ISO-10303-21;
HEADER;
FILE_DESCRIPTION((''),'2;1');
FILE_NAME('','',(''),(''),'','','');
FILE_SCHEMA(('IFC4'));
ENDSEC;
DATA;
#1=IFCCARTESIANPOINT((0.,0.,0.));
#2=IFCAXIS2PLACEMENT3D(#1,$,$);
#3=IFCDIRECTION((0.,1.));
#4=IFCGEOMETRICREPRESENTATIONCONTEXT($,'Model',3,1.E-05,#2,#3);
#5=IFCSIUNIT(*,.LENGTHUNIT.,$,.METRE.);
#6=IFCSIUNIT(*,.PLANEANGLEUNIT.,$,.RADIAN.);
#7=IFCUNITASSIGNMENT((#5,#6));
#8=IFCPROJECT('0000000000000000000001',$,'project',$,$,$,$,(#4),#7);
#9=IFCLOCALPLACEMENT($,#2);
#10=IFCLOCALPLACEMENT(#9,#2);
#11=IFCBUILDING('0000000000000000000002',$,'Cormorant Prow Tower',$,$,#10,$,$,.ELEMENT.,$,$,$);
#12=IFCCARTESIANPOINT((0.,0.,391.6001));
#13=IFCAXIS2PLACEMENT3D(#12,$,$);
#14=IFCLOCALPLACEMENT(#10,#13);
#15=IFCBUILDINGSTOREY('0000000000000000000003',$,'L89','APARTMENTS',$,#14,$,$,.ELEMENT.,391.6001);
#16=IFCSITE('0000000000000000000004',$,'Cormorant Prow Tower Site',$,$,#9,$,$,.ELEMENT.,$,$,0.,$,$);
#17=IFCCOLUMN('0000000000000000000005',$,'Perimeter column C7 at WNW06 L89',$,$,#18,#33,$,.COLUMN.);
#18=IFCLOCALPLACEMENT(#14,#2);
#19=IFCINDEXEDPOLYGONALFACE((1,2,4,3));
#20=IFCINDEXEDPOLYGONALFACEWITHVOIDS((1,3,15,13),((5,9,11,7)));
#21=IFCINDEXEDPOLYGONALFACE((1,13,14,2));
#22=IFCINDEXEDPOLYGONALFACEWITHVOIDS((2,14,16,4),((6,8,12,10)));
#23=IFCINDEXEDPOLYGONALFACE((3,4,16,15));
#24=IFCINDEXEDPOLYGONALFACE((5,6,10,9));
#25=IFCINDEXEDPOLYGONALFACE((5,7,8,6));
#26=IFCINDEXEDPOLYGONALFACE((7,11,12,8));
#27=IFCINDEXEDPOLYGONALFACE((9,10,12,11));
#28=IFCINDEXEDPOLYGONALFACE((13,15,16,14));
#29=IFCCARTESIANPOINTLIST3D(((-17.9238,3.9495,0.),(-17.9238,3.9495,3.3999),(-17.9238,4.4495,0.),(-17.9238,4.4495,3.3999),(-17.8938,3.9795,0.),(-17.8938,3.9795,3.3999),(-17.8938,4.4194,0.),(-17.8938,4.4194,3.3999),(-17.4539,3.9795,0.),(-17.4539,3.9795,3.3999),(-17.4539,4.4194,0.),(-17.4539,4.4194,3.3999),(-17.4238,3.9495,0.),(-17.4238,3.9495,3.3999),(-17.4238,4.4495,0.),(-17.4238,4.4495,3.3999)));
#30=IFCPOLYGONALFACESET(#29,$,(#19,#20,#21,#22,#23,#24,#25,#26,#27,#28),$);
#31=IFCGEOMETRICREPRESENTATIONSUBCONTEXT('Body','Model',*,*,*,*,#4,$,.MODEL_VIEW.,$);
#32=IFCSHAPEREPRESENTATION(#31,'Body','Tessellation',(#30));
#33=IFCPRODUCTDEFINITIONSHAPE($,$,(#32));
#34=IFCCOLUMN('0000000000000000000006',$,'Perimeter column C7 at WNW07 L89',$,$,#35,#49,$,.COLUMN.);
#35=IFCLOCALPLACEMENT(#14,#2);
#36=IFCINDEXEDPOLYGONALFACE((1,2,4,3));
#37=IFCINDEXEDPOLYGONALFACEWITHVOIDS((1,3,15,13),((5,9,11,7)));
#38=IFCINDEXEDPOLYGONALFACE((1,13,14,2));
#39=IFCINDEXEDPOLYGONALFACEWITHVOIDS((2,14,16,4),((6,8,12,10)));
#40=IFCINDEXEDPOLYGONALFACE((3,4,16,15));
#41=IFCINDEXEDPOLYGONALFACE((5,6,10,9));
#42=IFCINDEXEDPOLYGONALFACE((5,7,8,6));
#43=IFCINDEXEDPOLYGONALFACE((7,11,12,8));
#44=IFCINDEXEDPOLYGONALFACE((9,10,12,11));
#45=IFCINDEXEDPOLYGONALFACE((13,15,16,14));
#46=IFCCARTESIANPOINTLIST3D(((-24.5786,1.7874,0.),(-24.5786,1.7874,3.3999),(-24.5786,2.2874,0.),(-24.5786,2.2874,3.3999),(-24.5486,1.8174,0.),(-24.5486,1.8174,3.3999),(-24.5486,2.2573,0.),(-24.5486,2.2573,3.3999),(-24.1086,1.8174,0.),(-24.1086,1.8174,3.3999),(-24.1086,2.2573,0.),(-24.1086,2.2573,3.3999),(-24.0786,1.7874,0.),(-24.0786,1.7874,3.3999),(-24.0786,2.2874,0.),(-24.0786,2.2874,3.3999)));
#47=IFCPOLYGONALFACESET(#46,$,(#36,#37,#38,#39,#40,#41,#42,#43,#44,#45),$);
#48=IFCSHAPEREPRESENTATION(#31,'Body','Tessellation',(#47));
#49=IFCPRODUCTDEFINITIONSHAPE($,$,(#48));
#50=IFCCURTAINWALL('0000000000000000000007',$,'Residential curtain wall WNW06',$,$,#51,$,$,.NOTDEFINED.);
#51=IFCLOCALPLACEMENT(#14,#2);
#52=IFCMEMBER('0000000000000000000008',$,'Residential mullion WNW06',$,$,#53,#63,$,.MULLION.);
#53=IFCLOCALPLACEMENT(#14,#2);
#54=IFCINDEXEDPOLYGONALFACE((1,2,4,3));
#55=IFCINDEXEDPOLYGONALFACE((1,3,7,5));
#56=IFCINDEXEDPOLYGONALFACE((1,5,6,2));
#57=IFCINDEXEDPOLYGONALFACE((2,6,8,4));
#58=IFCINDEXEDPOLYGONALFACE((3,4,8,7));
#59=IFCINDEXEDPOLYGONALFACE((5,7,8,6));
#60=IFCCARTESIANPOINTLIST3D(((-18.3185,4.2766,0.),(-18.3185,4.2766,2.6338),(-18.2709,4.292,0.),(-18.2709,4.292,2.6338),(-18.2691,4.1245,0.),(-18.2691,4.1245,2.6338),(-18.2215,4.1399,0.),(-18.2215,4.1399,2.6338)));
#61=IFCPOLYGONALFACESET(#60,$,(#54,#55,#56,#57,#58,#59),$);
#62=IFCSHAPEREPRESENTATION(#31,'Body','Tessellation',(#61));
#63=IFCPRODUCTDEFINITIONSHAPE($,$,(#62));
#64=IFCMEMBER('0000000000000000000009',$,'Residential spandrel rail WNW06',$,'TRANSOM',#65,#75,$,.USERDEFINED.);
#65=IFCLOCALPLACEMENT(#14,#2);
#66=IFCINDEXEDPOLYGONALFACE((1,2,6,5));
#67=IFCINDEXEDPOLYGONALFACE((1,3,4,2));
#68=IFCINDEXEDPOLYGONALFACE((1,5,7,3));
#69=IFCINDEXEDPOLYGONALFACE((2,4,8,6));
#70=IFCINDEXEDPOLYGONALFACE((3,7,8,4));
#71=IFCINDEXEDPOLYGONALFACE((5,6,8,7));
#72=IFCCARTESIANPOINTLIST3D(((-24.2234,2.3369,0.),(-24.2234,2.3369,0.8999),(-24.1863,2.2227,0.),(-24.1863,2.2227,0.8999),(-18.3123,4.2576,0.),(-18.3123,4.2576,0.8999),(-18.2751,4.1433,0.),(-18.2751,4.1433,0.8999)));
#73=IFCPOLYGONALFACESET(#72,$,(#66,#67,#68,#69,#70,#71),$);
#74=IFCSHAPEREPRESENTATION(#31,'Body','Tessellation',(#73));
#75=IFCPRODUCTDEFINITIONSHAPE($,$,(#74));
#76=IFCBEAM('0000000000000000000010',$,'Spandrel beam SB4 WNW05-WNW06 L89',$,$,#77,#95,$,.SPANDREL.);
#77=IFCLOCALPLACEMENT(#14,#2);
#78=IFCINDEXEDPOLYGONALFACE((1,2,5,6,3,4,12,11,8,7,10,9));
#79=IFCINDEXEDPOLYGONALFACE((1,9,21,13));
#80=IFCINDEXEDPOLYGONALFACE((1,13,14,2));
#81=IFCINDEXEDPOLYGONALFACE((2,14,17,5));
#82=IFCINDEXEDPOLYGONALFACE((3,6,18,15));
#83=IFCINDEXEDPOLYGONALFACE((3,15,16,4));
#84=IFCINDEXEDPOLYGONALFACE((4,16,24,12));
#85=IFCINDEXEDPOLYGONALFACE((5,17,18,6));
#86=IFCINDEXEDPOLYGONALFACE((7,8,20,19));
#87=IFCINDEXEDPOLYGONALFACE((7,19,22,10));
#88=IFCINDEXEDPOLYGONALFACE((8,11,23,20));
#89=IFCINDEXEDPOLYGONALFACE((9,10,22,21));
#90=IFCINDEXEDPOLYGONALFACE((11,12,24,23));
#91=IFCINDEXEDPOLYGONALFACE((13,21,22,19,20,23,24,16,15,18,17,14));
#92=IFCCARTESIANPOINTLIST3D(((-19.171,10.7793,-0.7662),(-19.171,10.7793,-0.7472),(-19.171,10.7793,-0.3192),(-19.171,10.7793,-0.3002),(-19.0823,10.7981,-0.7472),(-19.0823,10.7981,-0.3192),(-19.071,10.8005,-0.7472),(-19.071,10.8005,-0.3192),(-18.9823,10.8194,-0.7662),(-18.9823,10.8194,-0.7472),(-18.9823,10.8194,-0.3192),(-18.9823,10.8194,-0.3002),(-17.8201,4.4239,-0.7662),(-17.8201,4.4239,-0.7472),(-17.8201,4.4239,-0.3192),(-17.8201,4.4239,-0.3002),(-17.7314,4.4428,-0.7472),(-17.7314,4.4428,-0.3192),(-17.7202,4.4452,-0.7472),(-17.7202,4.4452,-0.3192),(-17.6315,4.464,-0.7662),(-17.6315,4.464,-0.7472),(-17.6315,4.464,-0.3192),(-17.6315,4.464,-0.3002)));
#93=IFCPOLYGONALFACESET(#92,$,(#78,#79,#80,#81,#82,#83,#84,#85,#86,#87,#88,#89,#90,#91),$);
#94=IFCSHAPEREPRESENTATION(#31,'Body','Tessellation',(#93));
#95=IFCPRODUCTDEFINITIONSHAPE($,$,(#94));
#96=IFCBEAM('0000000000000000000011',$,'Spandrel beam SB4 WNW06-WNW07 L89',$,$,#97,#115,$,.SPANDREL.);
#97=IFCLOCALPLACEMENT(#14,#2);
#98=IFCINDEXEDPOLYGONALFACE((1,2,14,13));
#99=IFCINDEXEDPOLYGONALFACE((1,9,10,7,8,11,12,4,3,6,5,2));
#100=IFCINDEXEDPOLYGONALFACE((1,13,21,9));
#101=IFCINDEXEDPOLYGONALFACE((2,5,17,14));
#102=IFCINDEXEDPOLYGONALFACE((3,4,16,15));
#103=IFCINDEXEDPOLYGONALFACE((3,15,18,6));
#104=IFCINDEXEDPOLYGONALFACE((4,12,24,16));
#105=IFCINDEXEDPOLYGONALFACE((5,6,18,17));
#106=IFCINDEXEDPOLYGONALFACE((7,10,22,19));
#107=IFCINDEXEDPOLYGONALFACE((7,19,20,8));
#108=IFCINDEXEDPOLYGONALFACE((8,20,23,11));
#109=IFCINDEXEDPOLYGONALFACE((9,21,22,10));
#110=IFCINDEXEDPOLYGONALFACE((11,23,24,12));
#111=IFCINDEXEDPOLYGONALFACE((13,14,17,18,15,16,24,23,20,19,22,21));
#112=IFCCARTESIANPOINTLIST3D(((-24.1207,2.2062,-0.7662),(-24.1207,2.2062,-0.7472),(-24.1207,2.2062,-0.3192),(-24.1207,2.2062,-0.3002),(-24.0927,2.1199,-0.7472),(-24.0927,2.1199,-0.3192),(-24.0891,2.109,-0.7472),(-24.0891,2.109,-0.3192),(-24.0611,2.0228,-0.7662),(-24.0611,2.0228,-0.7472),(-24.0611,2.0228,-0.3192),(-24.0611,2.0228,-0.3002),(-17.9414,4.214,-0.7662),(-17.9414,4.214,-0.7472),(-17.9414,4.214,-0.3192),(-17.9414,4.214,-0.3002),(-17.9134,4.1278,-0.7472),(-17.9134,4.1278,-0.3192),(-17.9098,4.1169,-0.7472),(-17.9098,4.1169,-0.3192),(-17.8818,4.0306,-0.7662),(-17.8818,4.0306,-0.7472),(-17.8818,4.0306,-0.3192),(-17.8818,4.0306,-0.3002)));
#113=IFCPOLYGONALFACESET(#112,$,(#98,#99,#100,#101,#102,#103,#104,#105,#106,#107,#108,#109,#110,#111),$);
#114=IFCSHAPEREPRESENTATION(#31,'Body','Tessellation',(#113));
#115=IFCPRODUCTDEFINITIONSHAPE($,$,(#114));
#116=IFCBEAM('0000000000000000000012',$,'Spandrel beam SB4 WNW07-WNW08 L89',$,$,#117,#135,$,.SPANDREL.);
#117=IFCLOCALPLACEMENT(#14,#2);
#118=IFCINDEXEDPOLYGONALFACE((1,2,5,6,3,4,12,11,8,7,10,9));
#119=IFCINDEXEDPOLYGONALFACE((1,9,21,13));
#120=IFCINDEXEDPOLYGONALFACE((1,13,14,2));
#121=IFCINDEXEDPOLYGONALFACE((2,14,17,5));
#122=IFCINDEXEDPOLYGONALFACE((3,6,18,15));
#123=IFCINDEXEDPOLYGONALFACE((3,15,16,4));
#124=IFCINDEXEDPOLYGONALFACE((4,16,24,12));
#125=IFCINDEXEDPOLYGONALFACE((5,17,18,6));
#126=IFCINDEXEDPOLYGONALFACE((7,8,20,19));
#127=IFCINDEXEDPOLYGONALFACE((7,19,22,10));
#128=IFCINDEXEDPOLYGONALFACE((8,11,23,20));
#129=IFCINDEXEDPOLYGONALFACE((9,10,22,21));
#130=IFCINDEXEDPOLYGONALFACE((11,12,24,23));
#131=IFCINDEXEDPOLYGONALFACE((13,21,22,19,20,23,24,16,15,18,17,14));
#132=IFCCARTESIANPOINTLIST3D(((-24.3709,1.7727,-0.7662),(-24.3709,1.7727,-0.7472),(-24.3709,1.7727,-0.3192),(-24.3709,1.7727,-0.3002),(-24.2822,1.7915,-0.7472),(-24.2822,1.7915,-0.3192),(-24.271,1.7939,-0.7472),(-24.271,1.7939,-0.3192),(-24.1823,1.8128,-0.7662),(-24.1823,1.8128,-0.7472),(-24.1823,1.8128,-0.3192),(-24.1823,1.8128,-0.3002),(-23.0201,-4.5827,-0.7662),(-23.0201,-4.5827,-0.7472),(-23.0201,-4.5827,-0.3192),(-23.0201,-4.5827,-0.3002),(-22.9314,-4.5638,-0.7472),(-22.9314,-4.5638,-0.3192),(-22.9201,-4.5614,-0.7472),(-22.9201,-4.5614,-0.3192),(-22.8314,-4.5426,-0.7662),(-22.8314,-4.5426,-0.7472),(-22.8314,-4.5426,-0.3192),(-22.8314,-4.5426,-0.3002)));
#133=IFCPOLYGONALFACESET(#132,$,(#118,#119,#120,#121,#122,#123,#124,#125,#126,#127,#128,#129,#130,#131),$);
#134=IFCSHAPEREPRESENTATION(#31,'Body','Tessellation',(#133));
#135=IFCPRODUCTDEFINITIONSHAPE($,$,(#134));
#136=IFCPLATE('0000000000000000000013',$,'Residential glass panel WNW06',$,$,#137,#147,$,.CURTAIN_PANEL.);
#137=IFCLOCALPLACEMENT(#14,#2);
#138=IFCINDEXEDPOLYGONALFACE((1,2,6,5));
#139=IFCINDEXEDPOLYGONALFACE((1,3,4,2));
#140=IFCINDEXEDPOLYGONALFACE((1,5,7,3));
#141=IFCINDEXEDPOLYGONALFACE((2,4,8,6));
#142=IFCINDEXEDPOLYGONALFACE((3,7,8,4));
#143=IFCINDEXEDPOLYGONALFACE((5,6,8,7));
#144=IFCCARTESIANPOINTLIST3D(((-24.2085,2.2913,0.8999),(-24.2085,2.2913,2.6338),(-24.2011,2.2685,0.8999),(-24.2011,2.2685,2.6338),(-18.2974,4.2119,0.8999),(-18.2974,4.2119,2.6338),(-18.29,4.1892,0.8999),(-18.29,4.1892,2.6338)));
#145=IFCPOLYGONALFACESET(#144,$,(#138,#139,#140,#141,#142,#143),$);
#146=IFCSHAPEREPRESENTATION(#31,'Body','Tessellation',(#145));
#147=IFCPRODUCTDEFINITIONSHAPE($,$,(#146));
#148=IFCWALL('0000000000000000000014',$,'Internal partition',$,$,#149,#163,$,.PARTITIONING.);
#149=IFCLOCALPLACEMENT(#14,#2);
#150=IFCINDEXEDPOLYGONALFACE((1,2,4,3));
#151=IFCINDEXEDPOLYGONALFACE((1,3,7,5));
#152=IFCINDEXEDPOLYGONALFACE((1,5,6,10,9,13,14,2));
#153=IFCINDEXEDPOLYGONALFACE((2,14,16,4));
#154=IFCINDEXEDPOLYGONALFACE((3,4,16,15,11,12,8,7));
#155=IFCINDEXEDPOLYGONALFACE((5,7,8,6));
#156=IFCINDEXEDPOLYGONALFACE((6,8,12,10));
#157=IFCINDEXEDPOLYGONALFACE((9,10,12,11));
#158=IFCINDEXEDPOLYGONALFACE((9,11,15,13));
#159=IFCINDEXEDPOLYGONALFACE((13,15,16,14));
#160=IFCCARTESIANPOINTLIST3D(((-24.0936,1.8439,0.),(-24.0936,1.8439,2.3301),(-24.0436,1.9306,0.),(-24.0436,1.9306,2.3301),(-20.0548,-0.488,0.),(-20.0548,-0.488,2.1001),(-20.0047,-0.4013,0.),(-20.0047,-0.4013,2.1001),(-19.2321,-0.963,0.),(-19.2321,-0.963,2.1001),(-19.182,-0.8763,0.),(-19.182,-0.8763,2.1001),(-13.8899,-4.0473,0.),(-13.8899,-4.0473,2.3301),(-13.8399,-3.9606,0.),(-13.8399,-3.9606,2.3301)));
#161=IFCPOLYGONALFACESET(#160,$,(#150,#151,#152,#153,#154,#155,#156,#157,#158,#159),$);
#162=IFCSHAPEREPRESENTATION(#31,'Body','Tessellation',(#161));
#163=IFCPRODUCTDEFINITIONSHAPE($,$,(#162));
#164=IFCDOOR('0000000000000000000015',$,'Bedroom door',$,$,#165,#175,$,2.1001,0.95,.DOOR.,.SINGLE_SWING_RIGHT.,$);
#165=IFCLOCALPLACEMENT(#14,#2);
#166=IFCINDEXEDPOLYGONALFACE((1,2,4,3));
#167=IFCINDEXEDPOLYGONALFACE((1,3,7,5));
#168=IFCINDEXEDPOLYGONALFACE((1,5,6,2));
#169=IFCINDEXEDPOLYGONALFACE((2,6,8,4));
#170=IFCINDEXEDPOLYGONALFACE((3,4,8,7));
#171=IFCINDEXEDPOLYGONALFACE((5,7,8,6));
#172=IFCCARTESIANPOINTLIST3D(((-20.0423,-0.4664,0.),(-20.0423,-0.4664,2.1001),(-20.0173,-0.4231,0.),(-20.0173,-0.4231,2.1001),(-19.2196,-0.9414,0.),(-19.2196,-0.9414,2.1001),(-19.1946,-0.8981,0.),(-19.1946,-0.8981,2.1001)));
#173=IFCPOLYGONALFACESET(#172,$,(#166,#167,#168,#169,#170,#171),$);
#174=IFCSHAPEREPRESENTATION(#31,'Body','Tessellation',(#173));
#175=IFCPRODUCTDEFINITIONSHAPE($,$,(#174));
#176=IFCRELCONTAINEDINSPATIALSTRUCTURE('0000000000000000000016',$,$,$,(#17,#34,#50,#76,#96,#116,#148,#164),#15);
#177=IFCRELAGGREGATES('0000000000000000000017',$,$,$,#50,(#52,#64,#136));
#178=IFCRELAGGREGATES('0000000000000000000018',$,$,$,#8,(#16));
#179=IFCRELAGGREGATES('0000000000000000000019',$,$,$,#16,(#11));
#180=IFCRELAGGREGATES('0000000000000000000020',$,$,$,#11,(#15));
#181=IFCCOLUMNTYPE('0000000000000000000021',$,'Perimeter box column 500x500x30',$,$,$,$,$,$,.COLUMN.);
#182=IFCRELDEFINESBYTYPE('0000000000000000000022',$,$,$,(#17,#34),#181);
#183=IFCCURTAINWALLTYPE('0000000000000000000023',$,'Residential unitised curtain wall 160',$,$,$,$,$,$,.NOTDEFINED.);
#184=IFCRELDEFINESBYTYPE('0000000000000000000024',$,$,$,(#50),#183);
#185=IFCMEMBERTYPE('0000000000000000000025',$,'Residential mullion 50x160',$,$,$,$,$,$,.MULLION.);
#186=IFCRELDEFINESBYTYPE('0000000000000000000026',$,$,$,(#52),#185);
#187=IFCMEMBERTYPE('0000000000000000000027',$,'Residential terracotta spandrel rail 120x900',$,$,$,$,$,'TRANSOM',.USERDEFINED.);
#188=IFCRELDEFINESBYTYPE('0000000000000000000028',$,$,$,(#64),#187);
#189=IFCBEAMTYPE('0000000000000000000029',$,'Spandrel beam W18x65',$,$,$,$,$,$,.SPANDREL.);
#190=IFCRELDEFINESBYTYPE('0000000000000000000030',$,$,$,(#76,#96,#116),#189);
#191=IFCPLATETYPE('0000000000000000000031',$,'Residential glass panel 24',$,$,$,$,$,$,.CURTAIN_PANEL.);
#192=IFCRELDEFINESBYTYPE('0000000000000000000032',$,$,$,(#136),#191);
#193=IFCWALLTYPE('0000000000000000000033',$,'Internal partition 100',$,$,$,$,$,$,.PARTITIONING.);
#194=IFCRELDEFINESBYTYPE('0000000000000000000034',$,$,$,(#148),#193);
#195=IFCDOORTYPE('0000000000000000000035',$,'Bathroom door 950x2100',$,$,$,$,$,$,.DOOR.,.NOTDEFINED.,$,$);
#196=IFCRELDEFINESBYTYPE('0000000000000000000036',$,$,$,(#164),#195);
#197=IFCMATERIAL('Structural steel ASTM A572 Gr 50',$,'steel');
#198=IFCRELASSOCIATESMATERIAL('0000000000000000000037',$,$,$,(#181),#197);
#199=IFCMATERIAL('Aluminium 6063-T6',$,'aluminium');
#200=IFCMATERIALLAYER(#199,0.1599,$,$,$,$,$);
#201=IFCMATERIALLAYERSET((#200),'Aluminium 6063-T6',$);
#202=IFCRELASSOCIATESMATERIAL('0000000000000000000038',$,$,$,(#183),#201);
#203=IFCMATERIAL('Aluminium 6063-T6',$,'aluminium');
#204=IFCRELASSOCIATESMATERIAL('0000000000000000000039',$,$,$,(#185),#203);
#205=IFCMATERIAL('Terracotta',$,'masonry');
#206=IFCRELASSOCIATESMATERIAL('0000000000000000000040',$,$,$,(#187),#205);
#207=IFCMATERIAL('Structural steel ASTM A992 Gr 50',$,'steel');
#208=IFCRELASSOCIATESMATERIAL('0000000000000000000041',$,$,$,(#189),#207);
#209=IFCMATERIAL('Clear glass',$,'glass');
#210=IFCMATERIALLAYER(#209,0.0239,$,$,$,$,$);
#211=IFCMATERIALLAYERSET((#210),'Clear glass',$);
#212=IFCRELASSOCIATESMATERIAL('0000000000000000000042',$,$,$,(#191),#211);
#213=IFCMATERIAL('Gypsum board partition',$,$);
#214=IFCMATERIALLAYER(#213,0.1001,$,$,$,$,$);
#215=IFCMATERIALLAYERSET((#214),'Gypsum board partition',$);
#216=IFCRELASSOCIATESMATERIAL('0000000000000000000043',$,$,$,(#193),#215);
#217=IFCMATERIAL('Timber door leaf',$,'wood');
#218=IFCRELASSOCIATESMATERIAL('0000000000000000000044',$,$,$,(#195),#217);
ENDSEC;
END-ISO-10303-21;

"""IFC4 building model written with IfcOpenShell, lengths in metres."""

from ifc_helpers import new_model, si_unit, direction, frame, frame_2d, origin, origin_2d, place, context, subcontext, project, spatial, rectangle, hollow_rectangle, i_section, extrude, material, layer, layer_set, material_profile, profile_set, type_object, element, fill, aggregate, save


model = new_model("IFC4")

# Units and contexts
model_context = context("Model", 3, precision=1e-05, world=origin(), true_north=direction((0.0, 1.0)))
body_context = subcontext(model_context, "Body", "Model", "MODEL_VIEW")
ifc_project = project(units=[si_unit("LENGTHUNIT", "METRE"), si_unit("PLANEANGLEUNIT", "RADIAN")], contexts=[model_context])

# Site, building, storey
site_placement = place(None, origin())
site = spatial("IfcSite", under=ifc_project, at=site_placement, Name="Cormorant Prow Tower Site", CompositionType="ELEMENT", RefElevation=0.0)
building_placement = place(site_placement, origin())
building = spatial("IfcBuilding", under=site, at=building_placement, Name="Cormorant Prow Tower", CompositionType="ELEMENT")
storey_placement = place(building_placement, frame((0.0, 0.0, 391.6001)))
storey = spatial("IfcBuildingStorey", under=building, at=storey_placement, Name="L89", Description="APARTMENTS", CompositionType="ELEMENT", Elevation=391.6001)

# Columns
ifc_material_1 = material(Name="Structural steel ASTM A572 Gr 50", Category="steel")
ifc_material_profile_1 = material_profile(ifc_material_1, hollow_rectangle(XDim=0.5, YDim=0.5, WallThickness=0.03, at=origin_2d()), Name="Box 500x500x30")
ifc_profile_set_1 = profile_set([ifc_material_profile_1], Name="Structural steel ASTM A572 Gr 50")
column_type = type_object("IfcColumnType", Name="Perimeter box column 500x500x30", PredefinedType="COLUMN", material=ifc_profile_set_1)
for number, where, z_axis, x_axis, name in (
    (1, (-17.6738, 4.1995, 0.0), (0.0, 0.0, 1.0), (1.0, 0.0, 0.0), "Perimeter column C7 at WNW06 L89"),
    (2, (-24.3286, 2.0374, 0.0), (0.0, 0.0, 1.0), (1.0, 0.0, 0.0), "Perimeter column C7 at WNW07 L89"),
):
    element("IfcColumn", number, at=place(storey_placement, frame(where, z_axis=z_axis, x_axis=x_axis)), inside=storey, type_object=column_type, Name=name, PredefinedType="COLUMN", context=body_context, shape_type="SweptSolid", body=[
        extrude(hollow_rectangle(XDim=0.5, YDim=0.5, WallThickness=0.03, at=origin_2d()), origin(), (0.0, 0.0, 1.0), 3.3999),
    ])

# Curtain wall, members
ifc_material_2 = material(Name="Aluminium 6063-T6", Category="aluminium")
ifc_layer_1 = layer(ifc_material_2, 0.1599)
ifc_layer_set_1 = layer_set([ifc_layer_1], Name="Aluminium 6063-T6")
curtain_wall_type = type_object("IfcCurtainWallType", Name="Residential unitised curtain wall 160", PredefinedType="NOTDEFINED", material=ifc_layer_set_1)
curtain_wall_placement = place(storey_placement, origin())
curtain_wall = element("IfcCurtainWall", 3, at=curtain_wall_placement, inside=storey, type_object=curtain_wall_type, Name="Residential curtain wall WNW06", PredefinedType="NOTDEFINED")
ifc_material_3 = material(Name="Aluminium 6063-T6", Category="aluminium")
ifc_material_profile_2 = material_profile(ifc_material_3, rectangle(XDim=0.1599, YDim=0.05, at=origin_2d()), Name="Residential mullion 50x160")
ifc_profile_set_2 = profile_set([ifc_material_profile_2], Name="Aluminium 6063-T6")
member_type_1 = type_object("IfcMemberType", Name="Residential mullion 50x160", PredefinedType="MULLION", material=ifc_profile_set_2)
member_1_placement = place(storey_placement, frame((-18.27, 4.2083, 0.0), z_axis=(0.0, 0.0, 1.0), x_axis=(0.309017, -0.951056, 0.0)))
member_1 = element("IfcMember", 4, at=member_1_placement, type_object=member_type_1, Name="Residential mullion WNW06", PredefinedType="MULLION", context=body_context, shape_type="SweptSolid", body=[
    extrude(rectangle(XDim=0.1599, YDim=0.05, at=origin_2d()), origin(), (0.0, 0.0, 1.0), 2.6338),
])
ifc_material_4 = material(Name="Terracotta", Category="masonry")
ifc_material_profile_3 = material_profile(ifc_material_4, rectangle(XDim=0.1201, YDim=0.8999, at=origin_2d()), Name="Residential terracotta spandrel rail 120x900")
ifc_profile_set_3 = profile_set([ifc_material_profile_3], Name="Terracotta")
member_type_2 = type_object("IfcMemberType", Name="Residential terracotta spandrel rail 120x900", ElementType="TRANSOM", PredefinedType="USERDEFINED", material=ifc_profile_set_3)
member_2_placement = place(storey_placement, frame((-18.2937, 4.2004, 0.45), z_axis=(-0.951056, -0.309019, 0.0), x_axis=(0.309019, -0.951056, 0.0)))
member_2 = element("IfcMember", 5, at=member_2_placement, type_object=member_type_2, Name="Residential spandrel rail WNW06", ObjectType="TRANSOM", PredefinedType="USERDEFINED", context=body_context, shape_type="SweptSolid", body=[
    extrude(rectangle(XDim=0.1201, YDim=0.8999, at=origin_2d()), origin(), (0.0, 0.0, 1.0), 6.2153),
])

# Beams
ifc_material_5 = material(Name="Structural steel ASTM A992 Gr 50", Category="steel")
ifc_material_profile_4 = material_profile(ifc_material_5, i_section(OverallWidth=0.1929, OverallDepth=0.4661, WebThickness=0.0115, FlangeThickness=0.019, at=origin_2d()), Name="W18x65")
ifc_profile_set_4 = profile_set([ifc_material_profile_4], Name="Structural steel ASTM A992 Gr 50")
beam_type = type_object("IfcBeamType", Name="Spandrel beam W18x65", PredefinedType="SPANDREL", material=ifc_profile_set_4)
for number, where, z_axis, x_axis, name in (
    (6, (-19.0767, 10.7993, -0.5332), (0.20791, -0.978148, 0.0), (0.978148, 0.20791, 0.0), "Spandrel beam SB4 WNW05-WNW06 L89"),
    (7, (-17.9116, 4.1223, -0.5332), (-0.951053, -0.309027, 0.0), (0.309027, -0.951053, 0.0), "Spandrel beam SB4 WNW06-WNW07 L89"),
    (8, (-24.2766, 1.7927, -0.5332), (0.20791, -0.978148, 0.0), (0.978148, 0.20791, 0.0), "Spandrel beam SB4 WNW07-WNW08 L89"),
):
    element("IfcBeam", number, at=place(storey_placement, frame(where, z_axis=z_axis, x_axis=x_axis)), inside=storey, type_object=beam_type, Name=name, PredefinedType="SPANDREL", context=body_context, shape_type="SweptSolid", body=[
        extrude(i_section(OverallWidth=0.1929, OverallDepth=0.4661, WebThickness=0.0115, FlangeThickness=0.019, at=origin_2d()), origin(), (0.0, 0.0, 1.0), 6.4973),
    ])

# Plate
ifc_material_6 = material(Name="Clear glass", Category="glass")
ifc_layer_2 = layer(ifc_material_6, 0.0239)
ifc_layer_set_2 = layer_set([ifc_layer_2], Name="Clear glass")
plate_type = type_object("IfcPlateType", Name="Residential glass panel 24", PredefinedType="CURTAIN_PANEL", material=ifc_layer_set_2)
plate_placement = place(storey_placement, frame((-21.2493, 3.2402, 0.8999), z_axis=(0.0, 0.0, 1.0), x_axis=(-0.951056, -0.309017, 0.0)))
plate = element("IfcPlate", 9, at=plate_placement, type_object=plate_type, Name="Residential glass panel WNW06", PredefinedType="CURTAIN_PANEL", context=body_context, shape_type="SweptSolid", body=[
    extrude(rectangle(XDim=6.2153, YDim=0.0239, at=origin_2d()), origin(), (0.0, 0.0, 1.0), 1.7339),
])
aggregate(curtain_wall, [member_1, member_2, plate])

# Wall, opening, door
ifc_material_7 = material(Name="Gypsum board partition")
ifc_layer_3 = layer(ifc_material_7, 0.1001)
ifc_layer_set_3 = layer_set([ifc_layer_3], Name="Gypsum board partition")
wall_type_1 = type_object("IfcWallType", Name="Internal partition 100", PredefinedType="PARTITIONING", material=ifc_layer_set_3)
wall_1_placement = place(storey_placement, frame((-24.0686, 1.8872, 0.0), z_axis=(0.0, 0.0, 1.0), x_axis=(0.866023, -0.500003, 0.0)))
wall_1 = element("IfcWall", 10, at=wall_1_placement, inside=storey, type_object=wall_type_1, Name="Internal partition", PredefinedType="PARTITIONING", context=body_context, shape_type="SweptSolid", body=[
    extrude(rectangle(XDim=11.7822, YDim=0.1001, at=frame_2d((5.8911, 0.0))), origin(), (0.0, 0.0, 1.0), 2.3301),
])
opening_1_placement = place(wall_1_placement, frame((4.6636, 0.0, 0.0)))
opening_1 = element("IfcOpeningElement", 11, at=opening_1_placement, cuts=wall_1, PredefinedType="OPENING", context=body_context, shape_type="SweptSolid", body=[
    extrude(rectangle(XDim=0.95, YDim=2.1001, at=frame_2d((0.4751, 1.05))), frame((0.0, 0.0601, 0.0), z_axis=(0.0, -1.0, 0.0), x_axis=(1.0, 0.0, 0.0)), (0.0, 0.0, 1.0), 0.1201),
])
ifc_material_8 = material(Name="Timber door leaf", Category="wood")
door_type_1 = type_object("IfcDoorType", Name="Bathroom door 950x2100", OperationType="NOTDEFINED", PredefinedType="DOOR", material=ifc_material_8)
door_1_placement = place(opening_1_placement, origin())
door_1 = element("IfcDoor", 12, at=door_1_placement, inside=storey, type_object=door_type_1, Name="Bedroom door", OperationType="SINGLE_SWING_RIGHT", OverallHeight=2.1001, OverallWidth=0.95, PredefinedType="DOOR", context=body_context, shape_type="SweptSolid", body=[
    extrude(rectangle(XDim=0.95, YDim=2.1001, at=frame_2d((0.4751, 1.05))), frame((0.0, 0.0249, 0.0), z_axis=(0.0, -1.0, 0.0), x_axis=(1.0, 0.0, 0.0)), (0.0, 0.0, 1.0), 0.05),
])
fill(opening_1, door_1)

save(model, "model.ifc")
